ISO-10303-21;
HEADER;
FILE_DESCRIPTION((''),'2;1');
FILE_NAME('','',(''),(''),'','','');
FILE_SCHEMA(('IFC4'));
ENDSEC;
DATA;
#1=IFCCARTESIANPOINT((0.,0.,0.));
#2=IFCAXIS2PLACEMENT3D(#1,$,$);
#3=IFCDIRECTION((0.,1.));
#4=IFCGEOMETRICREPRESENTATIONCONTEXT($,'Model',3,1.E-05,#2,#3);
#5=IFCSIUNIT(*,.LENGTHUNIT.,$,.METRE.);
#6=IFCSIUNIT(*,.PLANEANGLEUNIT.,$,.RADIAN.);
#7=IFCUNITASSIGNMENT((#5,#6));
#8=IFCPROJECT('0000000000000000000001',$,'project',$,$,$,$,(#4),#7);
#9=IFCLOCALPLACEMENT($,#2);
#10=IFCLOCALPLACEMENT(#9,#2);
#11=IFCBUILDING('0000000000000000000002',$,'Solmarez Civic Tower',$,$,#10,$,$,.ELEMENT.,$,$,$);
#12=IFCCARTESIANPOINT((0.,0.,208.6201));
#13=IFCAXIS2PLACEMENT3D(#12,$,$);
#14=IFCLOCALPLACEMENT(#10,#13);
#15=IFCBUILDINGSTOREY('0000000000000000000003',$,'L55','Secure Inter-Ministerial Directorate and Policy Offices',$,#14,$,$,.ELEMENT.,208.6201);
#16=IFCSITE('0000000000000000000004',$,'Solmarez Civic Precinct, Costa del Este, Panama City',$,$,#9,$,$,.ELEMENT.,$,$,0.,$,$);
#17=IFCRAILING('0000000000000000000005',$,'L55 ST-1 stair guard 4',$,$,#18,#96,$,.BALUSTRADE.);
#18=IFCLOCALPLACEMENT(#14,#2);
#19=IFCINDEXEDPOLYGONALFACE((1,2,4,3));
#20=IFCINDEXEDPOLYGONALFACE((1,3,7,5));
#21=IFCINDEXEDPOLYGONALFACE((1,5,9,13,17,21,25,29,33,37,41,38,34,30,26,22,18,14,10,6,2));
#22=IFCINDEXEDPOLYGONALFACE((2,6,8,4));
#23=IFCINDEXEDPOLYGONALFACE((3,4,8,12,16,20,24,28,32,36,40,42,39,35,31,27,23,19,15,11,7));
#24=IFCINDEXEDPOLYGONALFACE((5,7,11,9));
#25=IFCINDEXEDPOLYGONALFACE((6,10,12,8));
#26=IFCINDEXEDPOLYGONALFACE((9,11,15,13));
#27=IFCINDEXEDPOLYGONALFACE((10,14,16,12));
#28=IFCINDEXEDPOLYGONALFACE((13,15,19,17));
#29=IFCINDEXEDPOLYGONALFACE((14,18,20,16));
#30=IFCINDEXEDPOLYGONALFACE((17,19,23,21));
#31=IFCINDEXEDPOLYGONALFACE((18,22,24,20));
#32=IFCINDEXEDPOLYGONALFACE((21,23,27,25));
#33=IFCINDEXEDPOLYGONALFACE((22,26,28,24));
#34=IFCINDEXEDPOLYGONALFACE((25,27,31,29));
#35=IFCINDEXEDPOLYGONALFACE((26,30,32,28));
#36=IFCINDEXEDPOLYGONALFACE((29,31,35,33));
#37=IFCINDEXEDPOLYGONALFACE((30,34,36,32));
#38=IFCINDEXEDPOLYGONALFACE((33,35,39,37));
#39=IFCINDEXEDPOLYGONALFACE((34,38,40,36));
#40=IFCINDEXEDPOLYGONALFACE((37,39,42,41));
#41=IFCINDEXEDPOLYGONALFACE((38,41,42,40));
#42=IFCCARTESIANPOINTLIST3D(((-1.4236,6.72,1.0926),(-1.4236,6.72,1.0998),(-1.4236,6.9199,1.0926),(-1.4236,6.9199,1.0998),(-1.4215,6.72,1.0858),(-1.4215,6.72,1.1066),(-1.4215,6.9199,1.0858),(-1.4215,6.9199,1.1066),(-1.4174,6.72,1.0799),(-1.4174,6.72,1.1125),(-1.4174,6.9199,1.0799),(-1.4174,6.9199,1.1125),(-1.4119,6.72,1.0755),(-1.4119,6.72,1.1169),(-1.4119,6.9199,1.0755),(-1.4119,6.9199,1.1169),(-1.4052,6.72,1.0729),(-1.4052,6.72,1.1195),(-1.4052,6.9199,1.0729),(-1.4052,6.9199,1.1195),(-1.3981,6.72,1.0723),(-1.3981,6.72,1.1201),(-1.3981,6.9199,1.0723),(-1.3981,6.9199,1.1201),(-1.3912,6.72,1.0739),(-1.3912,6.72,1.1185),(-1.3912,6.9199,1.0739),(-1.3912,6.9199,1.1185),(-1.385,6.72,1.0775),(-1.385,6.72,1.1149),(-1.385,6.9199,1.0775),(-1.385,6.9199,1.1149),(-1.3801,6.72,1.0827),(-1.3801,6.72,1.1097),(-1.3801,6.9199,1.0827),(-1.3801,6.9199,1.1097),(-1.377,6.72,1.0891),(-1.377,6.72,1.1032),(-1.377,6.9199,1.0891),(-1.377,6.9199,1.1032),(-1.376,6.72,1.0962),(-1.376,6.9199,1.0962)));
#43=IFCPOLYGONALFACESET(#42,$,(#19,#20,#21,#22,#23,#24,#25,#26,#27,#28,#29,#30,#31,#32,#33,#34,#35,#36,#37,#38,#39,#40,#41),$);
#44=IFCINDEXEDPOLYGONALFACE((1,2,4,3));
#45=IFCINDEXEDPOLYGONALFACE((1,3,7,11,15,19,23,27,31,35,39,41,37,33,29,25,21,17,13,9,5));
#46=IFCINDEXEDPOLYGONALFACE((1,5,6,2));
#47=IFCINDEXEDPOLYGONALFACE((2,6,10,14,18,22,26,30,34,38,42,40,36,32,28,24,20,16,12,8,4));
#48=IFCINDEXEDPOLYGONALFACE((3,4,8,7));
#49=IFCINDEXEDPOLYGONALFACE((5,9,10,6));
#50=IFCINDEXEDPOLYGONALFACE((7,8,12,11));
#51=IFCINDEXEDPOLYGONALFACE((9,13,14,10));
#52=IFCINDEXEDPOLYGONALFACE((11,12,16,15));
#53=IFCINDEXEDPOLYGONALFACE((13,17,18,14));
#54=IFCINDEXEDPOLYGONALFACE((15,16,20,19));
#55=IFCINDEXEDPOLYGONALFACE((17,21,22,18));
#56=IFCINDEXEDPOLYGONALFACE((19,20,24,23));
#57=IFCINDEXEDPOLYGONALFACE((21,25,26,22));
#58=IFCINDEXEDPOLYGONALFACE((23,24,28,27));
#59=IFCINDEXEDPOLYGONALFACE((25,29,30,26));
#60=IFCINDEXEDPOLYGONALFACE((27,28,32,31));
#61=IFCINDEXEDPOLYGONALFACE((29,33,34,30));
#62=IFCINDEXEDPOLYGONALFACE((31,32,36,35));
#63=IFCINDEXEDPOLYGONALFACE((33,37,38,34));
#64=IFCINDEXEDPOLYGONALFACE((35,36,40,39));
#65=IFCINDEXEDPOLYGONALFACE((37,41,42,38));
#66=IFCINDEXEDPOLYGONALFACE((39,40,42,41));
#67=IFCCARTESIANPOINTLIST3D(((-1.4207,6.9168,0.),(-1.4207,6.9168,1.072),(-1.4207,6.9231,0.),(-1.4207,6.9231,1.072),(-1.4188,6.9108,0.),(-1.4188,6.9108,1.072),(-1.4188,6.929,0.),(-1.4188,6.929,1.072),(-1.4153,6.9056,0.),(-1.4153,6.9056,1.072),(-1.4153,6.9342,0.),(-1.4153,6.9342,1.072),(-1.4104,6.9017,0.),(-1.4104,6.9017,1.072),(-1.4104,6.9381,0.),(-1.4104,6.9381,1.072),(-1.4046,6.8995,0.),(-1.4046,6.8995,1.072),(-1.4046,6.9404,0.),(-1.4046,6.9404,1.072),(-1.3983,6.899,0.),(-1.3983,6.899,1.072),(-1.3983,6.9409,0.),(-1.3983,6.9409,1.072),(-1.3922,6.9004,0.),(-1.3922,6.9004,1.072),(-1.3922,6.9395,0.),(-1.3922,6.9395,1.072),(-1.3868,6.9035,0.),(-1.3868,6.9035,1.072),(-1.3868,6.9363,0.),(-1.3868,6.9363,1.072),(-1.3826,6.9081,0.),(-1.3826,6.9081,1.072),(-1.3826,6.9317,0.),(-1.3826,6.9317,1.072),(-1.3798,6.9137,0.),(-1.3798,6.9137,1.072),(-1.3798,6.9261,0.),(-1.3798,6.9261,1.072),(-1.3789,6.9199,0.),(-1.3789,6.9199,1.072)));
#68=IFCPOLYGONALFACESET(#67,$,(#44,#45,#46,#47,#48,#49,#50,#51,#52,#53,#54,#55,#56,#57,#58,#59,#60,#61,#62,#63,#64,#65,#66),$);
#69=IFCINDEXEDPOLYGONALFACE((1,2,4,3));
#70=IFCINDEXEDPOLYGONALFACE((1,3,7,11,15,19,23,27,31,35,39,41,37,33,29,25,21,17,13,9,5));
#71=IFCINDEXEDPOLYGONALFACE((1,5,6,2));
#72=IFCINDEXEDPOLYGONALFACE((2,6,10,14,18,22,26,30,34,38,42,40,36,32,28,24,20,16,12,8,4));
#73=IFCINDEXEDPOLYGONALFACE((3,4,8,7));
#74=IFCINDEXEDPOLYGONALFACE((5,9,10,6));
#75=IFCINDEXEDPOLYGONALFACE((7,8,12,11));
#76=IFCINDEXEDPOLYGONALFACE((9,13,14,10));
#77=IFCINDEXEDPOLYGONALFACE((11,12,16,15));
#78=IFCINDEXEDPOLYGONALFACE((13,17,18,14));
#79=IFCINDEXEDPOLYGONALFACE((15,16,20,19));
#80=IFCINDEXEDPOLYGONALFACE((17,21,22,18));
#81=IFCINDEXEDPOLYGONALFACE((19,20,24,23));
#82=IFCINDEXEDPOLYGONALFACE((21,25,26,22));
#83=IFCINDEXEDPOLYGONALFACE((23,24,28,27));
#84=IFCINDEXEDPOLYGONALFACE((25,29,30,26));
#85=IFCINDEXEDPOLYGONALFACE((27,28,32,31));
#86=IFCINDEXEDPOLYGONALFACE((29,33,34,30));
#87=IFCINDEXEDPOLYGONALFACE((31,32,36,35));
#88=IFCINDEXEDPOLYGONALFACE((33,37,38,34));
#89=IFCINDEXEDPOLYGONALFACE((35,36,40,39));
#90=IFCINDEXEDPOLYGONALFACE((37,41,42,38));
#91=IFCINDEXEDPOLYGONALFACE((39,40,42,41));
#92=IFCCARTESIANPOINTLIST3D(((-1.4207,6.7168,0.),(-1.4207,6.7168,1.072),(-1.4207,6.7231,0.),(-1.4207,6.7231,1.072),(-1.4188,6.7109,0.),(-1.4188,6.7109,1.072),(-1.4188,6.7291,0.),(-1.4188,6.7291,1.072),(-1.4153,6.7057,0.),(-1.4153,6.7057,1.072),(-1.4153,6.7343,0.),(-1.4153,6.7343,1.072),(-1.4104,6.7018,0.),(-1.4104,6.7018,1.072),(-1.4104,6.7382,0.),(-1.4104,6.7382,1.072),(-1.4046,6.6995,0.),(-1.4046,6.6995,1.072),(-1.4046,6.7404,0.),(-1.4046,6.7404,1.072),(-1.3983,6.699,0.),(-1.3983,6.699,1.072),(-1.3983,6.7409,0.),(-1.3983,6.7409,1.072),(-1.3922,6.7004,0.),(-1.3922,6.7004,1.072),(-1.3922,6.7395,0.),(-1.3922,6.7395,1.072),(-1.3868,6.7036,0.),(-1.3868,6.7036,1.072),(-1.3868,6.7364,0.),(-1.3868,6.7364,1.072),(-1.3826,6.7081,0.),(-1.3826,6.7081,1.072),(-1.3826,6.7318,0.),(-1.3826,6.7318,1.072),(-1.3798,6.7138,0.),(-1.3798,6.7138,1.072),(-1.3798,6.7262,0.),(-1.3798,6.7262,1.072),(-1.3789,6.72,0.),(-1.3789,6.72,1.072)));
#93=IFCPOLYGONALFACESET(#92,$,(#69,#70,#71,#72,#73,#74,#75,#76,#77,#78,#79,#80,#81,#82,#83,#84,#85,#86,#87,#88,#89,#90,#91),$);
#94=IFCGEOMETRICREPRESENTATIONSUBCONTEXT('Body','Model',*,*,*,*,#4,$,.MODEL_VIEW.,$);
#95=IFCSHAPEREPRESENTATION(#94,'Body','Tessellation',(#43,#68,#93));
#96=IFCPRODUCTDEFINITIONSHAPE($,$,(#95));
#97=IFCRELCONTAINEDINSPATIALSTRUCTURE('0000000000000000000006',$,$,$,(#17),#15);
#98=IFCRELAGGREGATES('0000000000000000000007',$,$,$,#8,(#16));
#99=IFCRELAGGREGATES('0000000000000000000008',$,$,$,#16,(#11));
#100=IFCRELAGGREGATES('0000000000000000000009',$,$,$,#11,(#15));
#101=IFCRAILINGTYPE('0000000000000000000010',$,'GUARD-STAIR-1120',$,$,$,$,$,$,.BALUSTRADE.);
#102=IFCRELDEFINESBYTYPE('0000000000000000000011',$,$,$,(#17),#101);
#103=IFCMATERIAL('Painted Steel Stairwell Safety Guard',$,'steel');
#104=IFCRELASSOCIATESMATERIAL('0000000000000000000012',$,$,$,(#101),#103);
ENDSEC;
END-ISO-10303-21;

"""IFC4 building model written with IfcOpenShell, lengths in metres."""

from ifc_helpers import new_model, si_unit, direction, frame, origin, origin_2d, place, context, subcontext, project, spatial, circle, extrude, material, type_object, element, save


model = new_model("IFC4")

# Units and contexts
model_context = context("Model", 3, precision=1e-05, world=origin(), true_north=direction((0.0, 1.0)))
body_context = subcontext(model_context, "Body", "Model", "MODEL_VIEW")
ifc_project = project(units=[si_unit("LENGTHUNIT", "METRE"), si_unit("PLANEANGLEUNIT", "RADIAN")], contexts=[model_context])

# Site, building, storey
site_placement = place(None, origin())
site = spatial("IfcSite", under=ifc_project, at=site_placement, Name="Solmarez Civic Precinct, Costa del Este, Panama City", CompositionType="ELEMENT", RefElevation=0.0)
building_placement = place(site_placement, origin())
building = spatial("IfcBuilding", under=site, at=building_placement, Name="Solmarez Civic Tower", CompositionType="ELEMENT")
storey_placement = place(building_placement, frame((0.0, 0.0, 208.6201)))
storey = spatial("IfcBuildingStorey", under=building, at=storey_placement, Name="L55", Description="Secure Inter-Ministerial Directorate and Policy Offices", CompositionType="ELEMENT", Elevation=208.6201)

# Railing
ifc_material_1 = material(Name="Painted Steel Stairwell Safety Guard", Category="steel")
railing_type_1 = type_object("IfcRailingType", Name="GUARD-STAIR-1120", PredefinedType="BALUSTRADE", material=ifc_material_1)
railing_1_placement = place(storey_placement, frame((-1.3999, 6.9199, 0.0)))
element("IfcRailing", 1, at=railing_1_placement, inside=storey, type_object=railing_type_1, Name="L55 ST-1 stair guard 4", PredefinedType="BALUSTRADE", context=body_context, shape_type="SweptSolid", body=[
    extrude(circle(Radius=0.0239, at=origin_2d()), frame((0.0, 0.0, 1.0962), z_axis=(0.0, -1.0, 0.0), x_axis=(1.0, 0.0, 0.0)), (0.0, 0.0, 1.0), 0.2),
    extrude(circle(Radius=0.021, at=origin_2d()), origin(), (0.0, 0.0, 1.0), 1.072),
    extrude(circle(Radius=0.021, at=origin_2d()), frame((0.0, -0.2, 0.0)), (0.0, 0.0, 1.0), 1.072),
])

save(model, "model.ifc")
